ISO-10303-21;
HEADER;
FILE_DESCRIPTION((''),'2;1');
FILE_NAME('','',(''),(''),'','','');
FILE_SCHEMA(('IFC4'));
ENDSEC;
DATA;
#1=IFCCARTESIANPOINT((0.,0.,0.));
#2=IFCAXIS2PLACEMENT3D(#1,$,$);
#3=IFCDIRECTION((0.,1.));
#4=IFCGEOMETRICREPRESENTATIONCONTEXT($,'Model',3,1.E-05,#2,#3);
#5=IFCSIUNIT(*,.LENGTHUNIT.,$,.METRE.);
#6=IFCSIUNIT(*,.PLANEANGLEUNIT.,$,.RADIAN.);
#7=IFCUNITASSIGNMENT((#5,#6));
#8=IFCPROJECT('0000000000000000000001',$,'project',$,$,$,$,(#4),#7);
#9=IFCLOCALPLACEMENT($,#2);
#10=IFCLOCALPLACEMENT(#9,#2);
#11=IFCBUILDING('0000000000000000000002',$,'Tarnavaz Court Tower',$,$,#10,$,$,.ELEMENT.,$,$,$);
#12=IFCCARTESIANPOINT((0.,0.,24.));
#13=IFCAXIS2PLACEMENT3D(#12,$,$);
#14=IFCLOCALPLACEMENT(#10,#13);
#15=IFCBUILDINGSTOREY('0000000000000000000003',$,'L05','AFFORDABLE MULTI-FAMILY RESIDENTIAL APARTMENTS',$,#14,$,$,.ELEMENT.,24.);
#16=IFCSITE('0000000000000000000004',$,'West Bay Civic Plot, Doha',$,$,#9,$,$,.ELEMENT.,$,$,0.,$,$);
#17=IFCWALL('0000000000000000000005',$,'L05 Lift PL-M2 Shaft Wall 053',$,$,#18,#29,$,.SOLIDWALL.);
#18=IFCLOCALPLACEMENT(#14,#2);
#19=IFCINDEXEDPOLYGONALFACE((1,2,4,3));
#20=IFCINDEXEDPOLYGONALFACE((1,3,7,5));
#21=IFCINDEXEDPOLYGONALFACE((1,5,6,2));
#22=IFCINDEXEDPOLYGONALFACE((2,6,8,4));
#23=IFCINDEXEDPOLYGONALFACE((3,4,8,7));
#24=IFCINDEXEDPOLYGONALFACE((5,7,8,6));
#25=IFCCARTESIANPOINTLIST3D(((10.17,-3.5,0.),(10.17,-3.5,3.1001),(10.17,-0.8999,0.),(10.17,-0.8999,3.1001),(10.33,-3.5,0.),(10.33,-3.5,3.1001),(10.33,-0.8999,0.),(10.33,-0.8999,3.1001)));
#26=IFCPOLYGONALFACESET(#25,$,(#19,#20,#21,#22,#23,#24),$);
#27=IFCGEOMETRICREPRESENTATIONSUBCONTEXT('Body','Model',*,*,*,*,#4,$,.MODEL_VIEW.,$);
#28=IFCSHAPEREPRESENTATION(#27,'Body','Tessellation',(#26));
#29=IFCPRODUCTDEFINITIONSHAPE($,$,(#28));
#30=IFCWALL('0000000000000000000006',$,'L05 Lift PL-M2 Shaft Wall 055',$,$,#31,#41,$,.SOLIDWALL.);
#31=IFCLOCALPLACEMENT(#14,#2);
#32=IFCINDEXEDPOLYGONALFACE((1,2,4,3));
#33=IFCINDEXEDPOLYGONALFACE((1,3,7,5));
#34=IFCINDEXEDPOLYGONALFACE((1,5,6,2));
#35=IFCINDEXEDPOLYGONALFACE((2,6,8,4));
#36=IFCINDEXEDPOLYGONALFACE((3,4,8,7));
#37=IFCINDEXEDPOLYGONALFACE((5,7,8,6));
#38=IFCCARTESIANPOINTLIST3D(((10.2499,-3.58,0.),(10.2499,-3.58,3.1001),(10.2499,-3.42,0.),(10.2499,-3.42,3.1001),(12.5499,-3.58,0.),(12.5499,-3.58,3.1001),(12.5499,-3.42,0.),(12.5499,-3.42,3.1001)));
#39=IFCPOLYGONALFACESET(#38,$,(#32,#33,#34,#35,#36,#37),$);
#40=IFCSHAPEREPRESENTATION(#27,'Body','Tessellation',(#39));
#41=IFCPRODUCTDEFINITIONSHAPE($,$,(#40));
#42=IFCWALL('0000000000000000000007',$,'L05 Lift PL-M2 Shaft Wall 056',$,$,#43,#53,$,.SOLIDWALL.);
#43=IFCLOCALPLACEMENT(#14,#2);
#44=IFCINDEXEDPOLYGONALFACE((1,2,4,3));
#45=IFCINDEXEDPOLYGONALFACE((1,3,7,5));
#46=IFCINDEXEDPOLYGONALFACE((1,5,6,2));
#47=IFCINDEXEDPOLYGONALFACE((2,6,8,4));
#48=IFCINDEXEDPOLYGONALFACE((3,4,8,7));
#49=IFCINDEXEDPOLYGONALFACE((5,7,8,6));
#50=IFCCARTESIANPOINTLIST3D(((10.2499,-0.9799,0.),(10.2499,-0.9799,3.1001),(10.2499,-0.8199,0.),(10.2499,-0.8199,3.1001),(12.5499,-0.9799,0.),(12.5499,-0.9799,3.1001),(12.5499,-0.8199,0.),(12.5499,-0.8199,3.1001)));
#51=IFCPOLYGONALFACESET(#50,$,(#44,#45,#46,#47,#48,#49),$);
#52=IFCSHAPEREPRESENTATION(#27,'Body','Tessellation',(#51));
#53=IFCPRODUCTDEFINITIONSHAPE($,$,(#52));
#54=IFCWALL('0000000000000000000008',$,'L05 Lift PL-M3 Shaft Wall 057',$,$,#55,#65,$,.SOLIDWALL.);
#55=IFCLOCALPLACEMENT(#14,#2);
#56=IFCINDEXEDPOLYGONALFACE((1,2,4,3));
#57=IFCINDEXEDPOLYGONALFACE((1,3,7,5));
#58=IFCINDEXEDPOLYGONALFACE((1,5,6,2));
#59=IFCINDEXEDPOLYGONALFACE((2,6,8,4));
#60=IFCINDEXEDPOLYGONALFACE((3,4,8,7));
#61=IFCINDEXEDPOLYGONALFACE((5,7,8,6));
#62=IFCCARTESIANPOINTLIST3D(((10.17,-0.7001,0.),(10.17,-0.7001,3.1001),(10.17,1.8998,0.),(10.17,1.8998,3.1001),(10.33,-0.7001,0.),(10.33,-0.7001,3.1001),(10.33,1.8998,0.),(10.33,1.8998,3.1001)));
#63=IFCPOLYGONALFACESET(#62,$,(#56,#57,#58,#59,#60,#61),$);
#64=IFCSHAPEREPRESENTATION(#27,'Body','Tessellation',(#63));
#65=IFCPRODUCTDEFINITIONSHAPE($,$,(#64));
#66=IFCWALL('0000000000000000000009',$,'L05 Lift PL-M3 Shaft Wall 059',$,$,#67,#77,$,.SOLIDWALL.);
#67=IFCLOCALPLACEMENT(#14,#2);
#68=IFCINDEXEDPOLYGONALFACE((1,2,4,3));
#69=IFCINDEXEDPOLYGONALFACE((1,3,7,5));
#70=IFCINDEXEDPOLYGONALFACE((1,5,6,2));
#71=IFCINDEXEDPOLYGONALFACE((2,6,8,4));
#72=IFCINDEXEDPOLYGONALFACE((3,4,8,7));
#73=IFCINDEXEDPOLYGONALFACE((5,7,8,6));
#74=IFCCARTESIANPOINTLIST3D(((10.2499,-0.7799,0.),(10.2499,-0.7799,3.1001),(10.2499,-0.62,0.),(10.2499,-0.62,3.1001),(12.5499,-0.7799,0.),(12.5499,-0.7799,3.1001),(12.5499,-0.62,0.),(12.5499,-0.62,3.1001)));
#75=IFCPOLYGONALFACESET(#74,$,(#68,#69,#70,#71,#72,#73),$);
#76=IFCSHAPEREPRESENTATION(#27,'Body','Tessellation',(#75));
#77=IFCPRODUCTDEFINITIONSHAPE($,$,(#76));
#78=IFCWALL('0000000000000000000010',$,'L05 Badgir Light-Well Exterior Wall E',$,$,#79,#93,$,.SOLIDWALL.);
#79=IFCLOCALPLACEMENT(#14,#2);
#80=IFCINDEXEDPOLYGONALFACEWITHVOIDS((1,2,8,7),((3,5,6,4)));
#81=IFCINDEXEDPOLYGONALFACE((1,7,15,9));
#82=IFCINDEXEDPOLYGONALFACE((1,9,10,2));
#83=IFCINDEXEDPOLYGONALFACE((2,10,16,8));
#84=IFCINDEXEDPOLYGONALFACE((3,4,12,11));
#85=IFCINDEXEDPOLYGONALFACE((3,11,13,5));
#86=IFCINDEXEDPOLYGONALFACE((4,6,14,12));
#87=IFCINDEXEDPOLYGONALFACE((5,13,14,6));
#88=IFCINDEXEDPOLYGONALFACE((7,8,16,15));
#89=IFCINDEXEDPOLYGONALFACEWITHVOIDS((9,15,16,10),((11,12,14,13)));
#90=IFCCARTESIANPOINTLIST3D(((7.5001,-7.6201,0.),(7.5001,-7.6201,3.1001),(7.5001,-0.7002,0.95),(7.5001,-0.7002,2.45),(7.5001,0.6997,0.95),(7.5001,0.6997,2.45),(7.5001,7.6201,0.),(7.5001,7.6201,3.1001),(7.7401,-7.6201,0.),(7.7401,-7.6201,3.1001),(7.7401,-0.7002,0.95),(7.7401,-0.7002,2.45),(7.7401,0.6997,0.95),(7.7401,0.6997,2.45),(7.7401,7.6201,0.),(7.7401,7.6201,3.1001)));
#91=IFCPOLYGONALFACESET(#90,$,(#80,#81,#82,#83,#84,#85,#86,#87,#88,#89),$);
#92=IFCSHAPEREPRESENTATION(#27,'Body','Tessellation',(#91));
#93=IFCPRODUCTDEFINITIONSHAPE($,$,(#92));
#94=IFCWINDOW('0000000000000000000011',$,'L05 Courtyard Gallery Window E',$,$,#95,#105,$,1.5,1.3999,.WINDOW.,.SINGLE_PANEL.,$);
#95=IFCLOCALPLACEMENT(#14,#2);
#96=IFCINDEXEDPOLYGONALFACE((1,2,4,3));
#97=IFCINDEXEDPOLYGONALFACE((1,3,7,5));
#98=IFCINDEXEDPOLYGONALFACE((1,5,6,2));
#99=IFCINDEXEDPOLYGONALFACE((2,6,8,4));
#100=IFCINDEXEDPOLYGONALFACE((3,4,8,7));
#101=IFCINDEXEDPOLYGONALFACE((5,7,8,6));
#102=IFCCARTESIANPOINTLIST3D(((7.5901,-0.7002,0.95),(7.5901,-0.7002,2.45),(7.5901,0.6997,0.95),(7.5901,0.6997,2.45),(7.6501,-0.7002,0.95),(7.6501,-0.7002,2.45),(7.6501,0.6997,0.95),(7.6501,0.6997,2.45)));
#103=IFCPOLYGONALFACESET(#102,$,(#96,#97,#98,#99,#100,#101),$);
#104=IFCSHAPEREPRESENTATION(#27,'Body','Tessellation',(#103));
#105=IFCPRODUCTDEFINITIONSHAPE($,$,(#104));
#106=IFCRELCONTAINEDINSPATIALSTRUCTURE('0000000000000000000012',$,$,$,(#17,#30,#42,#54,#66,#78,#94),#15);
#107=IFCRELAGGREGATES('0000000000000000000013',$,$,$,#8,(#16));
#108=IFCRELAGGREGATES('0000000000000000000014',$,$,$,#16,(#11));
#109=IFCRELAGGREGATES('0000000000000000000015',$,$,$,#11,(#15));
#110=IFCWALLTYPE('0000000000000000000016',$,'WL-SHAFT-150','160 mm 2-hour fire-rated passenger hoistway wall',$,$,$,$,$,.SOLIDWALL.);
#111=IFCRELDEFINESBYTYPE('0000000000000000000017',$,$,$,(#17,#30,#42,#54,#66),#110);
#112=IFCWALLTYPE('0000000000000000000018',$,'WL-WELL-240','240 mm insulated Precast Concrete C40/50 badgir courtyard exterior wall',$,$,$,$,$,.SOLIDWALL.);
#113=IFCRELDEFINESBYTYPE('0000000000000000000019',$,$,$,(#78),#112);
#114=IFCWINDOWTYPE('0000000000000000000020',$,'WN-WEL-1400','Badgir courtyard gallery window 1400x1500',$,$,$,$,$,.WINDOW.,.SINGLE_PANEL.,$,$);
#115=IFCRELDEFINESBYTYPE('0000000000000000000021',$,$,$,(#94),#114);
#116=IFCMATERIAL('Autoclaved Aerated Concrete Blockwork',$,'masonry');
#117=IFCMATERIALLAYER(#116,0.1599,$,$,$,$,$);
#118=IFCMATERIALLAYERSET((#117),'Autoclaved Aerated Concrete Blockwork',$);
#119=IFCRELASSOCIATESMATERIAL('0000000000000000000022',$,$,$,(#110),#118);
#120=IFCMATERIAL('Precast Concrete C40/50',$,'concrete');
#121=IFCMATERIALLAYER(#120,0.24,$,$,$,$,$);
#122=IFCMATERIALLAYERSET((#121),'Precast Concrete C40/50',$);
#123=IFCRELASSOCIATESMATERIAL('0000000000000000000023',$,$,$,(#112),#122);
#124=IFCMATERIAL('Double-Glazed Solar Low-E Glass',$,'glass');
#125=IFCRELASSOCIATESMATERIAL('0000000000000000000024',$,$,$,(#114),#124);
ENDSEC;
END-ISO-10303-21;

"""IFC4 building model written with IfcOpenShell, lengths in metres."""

from ifc_helpers import new_model, si_unit, direction, frame, frame_2d, origin, place, context, subcontext, project, spatial, rectangle, extrude, material, layer, layer_set, type_object, element, fill, save


model = new_model("IFC4")

# Units and contexts
model_context = context("Model", 3, precision=1e-05, world=origin(), true_north=direction((0.0, 1.0)))
body_context = subcontext(model_context, "Body", "Model", "MODEL_VIEW")
ifc_project = project(units=[si_unit("LENGTHUNIT", "METRE"), si_unit("PLANEANGLEUNIT", "RADIAN")], contexts=[model_context])

# Site, building, storey
site_placement = place(None, origin())
site = spatial("IfcSite", under=ifc_project, at=site_placement, Name="West Bay Civic Plot, Doha", CompositionType="ELEMENT", RefElevation=0.0)
building_placement = place(site_placement, origin())
building = spatial("IfcBuilding", under=site, at=building_placement, Name="Tarnavaz Court Tower", CompositionType="ELEMENT")
storey_placement = place(building_placement, frame((0.0, 0.0, 24.0)))
storey = spatial("IfcBuildingStorey", under=building, at=storey_placement, Name="L05", Description="AFFORDABLE MULTI-FAMILY RESIDENTIAL APARTMENTS", CompositionType="ELEMENT", Elevation=24.0)

# Walls
ifc_material_1 = material(Name="Autoclaved Aerated Concrete Blockwork", Category="masonry")
ifc_layer_1 = layer(ifc_material_1, 0.1599)
ifc_layer_set_1 = layer_set([ifc_layer_1], Name="Autoclaved Aerated Concrete Blockwork")
wall_type_1 = type_object("IfcWallType", Name="WL-SHAFT-150", Description="160 mm 2-hour fire-rated passenger hoistway wall", PredefinedType="SOLIDWALL", material=ifc_layer_set_1)
wall_1_placement = place(storey_placement, frame((10.25, -3.5, 0.0), z_axis=(0.0, 0.0, 1.0), x_axis=(0.0, 1.0, 0.0)))
element("IfcWall", 1, at=wall_1_placement, inside=storey, type_object=wall_type_1, Name="L05 Lift PL-M2 Shaft Wall 053", PredefinedType="SOLIDWALL", context=body_context, shape_type="SweptSolid", body=[
    extrude(rectangle(XDim=2.6001, YDim=0.1599, at=frame_2d((1.3, 0.0))), origin(), (0.0, 0.0, 1.0), 3.1001),
])
for number, where, z_axis, x_axis, name in (
    (2, (10.25, -3.5, 0.0), (0.0, 0.0, 1.0), (1.0, 0.0, 0.0), "L05 Lift PL-M2 Shaft Wall 055"),
    (3, (10.25, -0.8999, 0.0), (0.0, 0.0, 1.0), (1.0, 0.0, 0.0), "L05 Lift PL-M2 Shaft Wall 056"),
):
    element("IfcWall", number, at=place(storey_placement, frame(where, z_axis=z_axis, x_axis=x_axis)), inside=storey, type_object=wall_type_1, Name=name, PredefinedType="SOLIDWALL", context=body_context, shape_type="SweptSolid", body=[
        extrude(rectangle(XDim=2.3, YDim=0.1599, at=frame_2d((1.1499, 0.0))), origin(), (0.0, 0.0, 1.0), 3.1001),
    ])
wall_2_placement = place(storey_placement, frame((10.25, -0.7, 0.0), z_axis=(0.0, 0.0, 1.0), x_axis=(0.0, 1.0, 0.0)))
element("IfcWall", 4, at=wall_2_placement, inside=storey, type_object=wall_type_1, Name="L05 Lift PL-M3 Shaft Wall 057", PredefinedType="SOLIDWALL", context=body_context, shape_type="SweptSolid", body=[
    extrude(rectangle(XDim=2.5999, YDim=0.1599, at=frame_2d((1.2998, 0.0))), origin(), (0.0, 0.0, 1.0), 3.1001),
])
wall_3_placement = place(storey_placement, frame((10.25, -0.7, 0.0), z_axis=(0.0, 0.0, 1.0), x_axis=(1.0, 0.0, 0.0)))
element("IfcWall", 5, at=wall_3_placement, inside=storey, type_object=wall_type_1, Name="L05 Lift PL-M3 Shaft Wall 059", PredefinedType="SOLIDWALL", context=body_context, shape_type="SweptSolid", body=[
    extrude(rectangle(XDim=2.3, YDim=0.1599, at=frame_2d((1.1499, 0.0))), origin(), (0.0, 0.0, 1.0), 3.1001),
])

# Wall, opening, window
ifc_material_2 = material(Name="Precast Concrete C40/50", Category="concrete")
ifc_layer_2 = layer(ifc_material_2, 0.24)
ifc_layer_set_2 = layer_set([ifc_layer_2], Name="Precast Concrete C40/50")
wall_type_2 = type_object("IfcWallType", Name="WL-WELL-240", Description="240 mm insulated Precast Concrete C40/50 badgir courtyard exterior wall", PredefinedType="SOLIDWALL", material=ifc_layer_set_2)
wall_4_placement = place(storey_placement, frame((7.6201, -7.6201, 0.0), z_axis=(0.0, 0.0, 1.0), x_axis=(0.0, 1.0, 0.0)))
wall_4 = element("IfcWall", 6, at=wall_4_placement, inside=storey, type_object=wall_type_2, Name="L05 Badgir Light-Well Exterior Wall E", PredefinedType="SOLIDWALL", context=body_context, shape_type="SweptSolid", body=[
    extrude(rectangle(XDim=15.2402, YDim=0.24, at=frame_2d((7.6201, 0.0))), origin(), (0.0, 0.0, 1.0), 3.1001),
])
opening_1_placement = place(wall_4_placement, frame((6.9199, 0.0, 0.95)))
opening_1 = element("IfcOpeningElement", 7, at=opening_1_placement, cuts=wall_4, PredefinedType="OPENING", context=body_context, shape_type="SweptSolid", body=[
    extrude(rectangle(XDim=1.3999, YDim=1.5, at=frame_2d((0.7, 0.75))), frame((0.0, 0.1299, 0.0), z_axis=(0.0, -1.0, 0.0), x_axis=(1.0, 0.0, 0.0)), (0.0, 0.0, 1.0), 0.26),
])
ifc_material_3 = material(Name="Double-Glazed Solar Low-E Glass", Category="glass")
window_type = type_object("IfcWindowType", Name="WN-WEL-1400", Description="Badgir courtyard gallery window 1400x1500", PartitioningType="SINGLE_PANEL", PredefinedType="WINDOW", material=ifc_material_3)
window_placement = place(opening_1_placement, origin())
window = element("IfcWindow", 8, at=window_placement, inside=storey, type_object=window_type, Name="L05 Courtyard Gallery Window E", OverallHeight=1.5, OverallWidth=1.3999, PartitioningType="SINGLE_PANEL", PredefinedType="WINDOW", context=body_context, shape_type="SweptSolid", body=[
    extrude(rectangle(XDim=1.3999, YDim=1.5, at=frame_2d((0.7, 0.75))), frame((0.0, 0.03, 0.0), z_axis=(0.0, -1.0, 0.0), x_axis=(1.0, 0.0, 0.0)), (0.0, 0.0, 1.0), 0.0601),
])
fill(opening_1, window)

save(model, "model.ifc")
